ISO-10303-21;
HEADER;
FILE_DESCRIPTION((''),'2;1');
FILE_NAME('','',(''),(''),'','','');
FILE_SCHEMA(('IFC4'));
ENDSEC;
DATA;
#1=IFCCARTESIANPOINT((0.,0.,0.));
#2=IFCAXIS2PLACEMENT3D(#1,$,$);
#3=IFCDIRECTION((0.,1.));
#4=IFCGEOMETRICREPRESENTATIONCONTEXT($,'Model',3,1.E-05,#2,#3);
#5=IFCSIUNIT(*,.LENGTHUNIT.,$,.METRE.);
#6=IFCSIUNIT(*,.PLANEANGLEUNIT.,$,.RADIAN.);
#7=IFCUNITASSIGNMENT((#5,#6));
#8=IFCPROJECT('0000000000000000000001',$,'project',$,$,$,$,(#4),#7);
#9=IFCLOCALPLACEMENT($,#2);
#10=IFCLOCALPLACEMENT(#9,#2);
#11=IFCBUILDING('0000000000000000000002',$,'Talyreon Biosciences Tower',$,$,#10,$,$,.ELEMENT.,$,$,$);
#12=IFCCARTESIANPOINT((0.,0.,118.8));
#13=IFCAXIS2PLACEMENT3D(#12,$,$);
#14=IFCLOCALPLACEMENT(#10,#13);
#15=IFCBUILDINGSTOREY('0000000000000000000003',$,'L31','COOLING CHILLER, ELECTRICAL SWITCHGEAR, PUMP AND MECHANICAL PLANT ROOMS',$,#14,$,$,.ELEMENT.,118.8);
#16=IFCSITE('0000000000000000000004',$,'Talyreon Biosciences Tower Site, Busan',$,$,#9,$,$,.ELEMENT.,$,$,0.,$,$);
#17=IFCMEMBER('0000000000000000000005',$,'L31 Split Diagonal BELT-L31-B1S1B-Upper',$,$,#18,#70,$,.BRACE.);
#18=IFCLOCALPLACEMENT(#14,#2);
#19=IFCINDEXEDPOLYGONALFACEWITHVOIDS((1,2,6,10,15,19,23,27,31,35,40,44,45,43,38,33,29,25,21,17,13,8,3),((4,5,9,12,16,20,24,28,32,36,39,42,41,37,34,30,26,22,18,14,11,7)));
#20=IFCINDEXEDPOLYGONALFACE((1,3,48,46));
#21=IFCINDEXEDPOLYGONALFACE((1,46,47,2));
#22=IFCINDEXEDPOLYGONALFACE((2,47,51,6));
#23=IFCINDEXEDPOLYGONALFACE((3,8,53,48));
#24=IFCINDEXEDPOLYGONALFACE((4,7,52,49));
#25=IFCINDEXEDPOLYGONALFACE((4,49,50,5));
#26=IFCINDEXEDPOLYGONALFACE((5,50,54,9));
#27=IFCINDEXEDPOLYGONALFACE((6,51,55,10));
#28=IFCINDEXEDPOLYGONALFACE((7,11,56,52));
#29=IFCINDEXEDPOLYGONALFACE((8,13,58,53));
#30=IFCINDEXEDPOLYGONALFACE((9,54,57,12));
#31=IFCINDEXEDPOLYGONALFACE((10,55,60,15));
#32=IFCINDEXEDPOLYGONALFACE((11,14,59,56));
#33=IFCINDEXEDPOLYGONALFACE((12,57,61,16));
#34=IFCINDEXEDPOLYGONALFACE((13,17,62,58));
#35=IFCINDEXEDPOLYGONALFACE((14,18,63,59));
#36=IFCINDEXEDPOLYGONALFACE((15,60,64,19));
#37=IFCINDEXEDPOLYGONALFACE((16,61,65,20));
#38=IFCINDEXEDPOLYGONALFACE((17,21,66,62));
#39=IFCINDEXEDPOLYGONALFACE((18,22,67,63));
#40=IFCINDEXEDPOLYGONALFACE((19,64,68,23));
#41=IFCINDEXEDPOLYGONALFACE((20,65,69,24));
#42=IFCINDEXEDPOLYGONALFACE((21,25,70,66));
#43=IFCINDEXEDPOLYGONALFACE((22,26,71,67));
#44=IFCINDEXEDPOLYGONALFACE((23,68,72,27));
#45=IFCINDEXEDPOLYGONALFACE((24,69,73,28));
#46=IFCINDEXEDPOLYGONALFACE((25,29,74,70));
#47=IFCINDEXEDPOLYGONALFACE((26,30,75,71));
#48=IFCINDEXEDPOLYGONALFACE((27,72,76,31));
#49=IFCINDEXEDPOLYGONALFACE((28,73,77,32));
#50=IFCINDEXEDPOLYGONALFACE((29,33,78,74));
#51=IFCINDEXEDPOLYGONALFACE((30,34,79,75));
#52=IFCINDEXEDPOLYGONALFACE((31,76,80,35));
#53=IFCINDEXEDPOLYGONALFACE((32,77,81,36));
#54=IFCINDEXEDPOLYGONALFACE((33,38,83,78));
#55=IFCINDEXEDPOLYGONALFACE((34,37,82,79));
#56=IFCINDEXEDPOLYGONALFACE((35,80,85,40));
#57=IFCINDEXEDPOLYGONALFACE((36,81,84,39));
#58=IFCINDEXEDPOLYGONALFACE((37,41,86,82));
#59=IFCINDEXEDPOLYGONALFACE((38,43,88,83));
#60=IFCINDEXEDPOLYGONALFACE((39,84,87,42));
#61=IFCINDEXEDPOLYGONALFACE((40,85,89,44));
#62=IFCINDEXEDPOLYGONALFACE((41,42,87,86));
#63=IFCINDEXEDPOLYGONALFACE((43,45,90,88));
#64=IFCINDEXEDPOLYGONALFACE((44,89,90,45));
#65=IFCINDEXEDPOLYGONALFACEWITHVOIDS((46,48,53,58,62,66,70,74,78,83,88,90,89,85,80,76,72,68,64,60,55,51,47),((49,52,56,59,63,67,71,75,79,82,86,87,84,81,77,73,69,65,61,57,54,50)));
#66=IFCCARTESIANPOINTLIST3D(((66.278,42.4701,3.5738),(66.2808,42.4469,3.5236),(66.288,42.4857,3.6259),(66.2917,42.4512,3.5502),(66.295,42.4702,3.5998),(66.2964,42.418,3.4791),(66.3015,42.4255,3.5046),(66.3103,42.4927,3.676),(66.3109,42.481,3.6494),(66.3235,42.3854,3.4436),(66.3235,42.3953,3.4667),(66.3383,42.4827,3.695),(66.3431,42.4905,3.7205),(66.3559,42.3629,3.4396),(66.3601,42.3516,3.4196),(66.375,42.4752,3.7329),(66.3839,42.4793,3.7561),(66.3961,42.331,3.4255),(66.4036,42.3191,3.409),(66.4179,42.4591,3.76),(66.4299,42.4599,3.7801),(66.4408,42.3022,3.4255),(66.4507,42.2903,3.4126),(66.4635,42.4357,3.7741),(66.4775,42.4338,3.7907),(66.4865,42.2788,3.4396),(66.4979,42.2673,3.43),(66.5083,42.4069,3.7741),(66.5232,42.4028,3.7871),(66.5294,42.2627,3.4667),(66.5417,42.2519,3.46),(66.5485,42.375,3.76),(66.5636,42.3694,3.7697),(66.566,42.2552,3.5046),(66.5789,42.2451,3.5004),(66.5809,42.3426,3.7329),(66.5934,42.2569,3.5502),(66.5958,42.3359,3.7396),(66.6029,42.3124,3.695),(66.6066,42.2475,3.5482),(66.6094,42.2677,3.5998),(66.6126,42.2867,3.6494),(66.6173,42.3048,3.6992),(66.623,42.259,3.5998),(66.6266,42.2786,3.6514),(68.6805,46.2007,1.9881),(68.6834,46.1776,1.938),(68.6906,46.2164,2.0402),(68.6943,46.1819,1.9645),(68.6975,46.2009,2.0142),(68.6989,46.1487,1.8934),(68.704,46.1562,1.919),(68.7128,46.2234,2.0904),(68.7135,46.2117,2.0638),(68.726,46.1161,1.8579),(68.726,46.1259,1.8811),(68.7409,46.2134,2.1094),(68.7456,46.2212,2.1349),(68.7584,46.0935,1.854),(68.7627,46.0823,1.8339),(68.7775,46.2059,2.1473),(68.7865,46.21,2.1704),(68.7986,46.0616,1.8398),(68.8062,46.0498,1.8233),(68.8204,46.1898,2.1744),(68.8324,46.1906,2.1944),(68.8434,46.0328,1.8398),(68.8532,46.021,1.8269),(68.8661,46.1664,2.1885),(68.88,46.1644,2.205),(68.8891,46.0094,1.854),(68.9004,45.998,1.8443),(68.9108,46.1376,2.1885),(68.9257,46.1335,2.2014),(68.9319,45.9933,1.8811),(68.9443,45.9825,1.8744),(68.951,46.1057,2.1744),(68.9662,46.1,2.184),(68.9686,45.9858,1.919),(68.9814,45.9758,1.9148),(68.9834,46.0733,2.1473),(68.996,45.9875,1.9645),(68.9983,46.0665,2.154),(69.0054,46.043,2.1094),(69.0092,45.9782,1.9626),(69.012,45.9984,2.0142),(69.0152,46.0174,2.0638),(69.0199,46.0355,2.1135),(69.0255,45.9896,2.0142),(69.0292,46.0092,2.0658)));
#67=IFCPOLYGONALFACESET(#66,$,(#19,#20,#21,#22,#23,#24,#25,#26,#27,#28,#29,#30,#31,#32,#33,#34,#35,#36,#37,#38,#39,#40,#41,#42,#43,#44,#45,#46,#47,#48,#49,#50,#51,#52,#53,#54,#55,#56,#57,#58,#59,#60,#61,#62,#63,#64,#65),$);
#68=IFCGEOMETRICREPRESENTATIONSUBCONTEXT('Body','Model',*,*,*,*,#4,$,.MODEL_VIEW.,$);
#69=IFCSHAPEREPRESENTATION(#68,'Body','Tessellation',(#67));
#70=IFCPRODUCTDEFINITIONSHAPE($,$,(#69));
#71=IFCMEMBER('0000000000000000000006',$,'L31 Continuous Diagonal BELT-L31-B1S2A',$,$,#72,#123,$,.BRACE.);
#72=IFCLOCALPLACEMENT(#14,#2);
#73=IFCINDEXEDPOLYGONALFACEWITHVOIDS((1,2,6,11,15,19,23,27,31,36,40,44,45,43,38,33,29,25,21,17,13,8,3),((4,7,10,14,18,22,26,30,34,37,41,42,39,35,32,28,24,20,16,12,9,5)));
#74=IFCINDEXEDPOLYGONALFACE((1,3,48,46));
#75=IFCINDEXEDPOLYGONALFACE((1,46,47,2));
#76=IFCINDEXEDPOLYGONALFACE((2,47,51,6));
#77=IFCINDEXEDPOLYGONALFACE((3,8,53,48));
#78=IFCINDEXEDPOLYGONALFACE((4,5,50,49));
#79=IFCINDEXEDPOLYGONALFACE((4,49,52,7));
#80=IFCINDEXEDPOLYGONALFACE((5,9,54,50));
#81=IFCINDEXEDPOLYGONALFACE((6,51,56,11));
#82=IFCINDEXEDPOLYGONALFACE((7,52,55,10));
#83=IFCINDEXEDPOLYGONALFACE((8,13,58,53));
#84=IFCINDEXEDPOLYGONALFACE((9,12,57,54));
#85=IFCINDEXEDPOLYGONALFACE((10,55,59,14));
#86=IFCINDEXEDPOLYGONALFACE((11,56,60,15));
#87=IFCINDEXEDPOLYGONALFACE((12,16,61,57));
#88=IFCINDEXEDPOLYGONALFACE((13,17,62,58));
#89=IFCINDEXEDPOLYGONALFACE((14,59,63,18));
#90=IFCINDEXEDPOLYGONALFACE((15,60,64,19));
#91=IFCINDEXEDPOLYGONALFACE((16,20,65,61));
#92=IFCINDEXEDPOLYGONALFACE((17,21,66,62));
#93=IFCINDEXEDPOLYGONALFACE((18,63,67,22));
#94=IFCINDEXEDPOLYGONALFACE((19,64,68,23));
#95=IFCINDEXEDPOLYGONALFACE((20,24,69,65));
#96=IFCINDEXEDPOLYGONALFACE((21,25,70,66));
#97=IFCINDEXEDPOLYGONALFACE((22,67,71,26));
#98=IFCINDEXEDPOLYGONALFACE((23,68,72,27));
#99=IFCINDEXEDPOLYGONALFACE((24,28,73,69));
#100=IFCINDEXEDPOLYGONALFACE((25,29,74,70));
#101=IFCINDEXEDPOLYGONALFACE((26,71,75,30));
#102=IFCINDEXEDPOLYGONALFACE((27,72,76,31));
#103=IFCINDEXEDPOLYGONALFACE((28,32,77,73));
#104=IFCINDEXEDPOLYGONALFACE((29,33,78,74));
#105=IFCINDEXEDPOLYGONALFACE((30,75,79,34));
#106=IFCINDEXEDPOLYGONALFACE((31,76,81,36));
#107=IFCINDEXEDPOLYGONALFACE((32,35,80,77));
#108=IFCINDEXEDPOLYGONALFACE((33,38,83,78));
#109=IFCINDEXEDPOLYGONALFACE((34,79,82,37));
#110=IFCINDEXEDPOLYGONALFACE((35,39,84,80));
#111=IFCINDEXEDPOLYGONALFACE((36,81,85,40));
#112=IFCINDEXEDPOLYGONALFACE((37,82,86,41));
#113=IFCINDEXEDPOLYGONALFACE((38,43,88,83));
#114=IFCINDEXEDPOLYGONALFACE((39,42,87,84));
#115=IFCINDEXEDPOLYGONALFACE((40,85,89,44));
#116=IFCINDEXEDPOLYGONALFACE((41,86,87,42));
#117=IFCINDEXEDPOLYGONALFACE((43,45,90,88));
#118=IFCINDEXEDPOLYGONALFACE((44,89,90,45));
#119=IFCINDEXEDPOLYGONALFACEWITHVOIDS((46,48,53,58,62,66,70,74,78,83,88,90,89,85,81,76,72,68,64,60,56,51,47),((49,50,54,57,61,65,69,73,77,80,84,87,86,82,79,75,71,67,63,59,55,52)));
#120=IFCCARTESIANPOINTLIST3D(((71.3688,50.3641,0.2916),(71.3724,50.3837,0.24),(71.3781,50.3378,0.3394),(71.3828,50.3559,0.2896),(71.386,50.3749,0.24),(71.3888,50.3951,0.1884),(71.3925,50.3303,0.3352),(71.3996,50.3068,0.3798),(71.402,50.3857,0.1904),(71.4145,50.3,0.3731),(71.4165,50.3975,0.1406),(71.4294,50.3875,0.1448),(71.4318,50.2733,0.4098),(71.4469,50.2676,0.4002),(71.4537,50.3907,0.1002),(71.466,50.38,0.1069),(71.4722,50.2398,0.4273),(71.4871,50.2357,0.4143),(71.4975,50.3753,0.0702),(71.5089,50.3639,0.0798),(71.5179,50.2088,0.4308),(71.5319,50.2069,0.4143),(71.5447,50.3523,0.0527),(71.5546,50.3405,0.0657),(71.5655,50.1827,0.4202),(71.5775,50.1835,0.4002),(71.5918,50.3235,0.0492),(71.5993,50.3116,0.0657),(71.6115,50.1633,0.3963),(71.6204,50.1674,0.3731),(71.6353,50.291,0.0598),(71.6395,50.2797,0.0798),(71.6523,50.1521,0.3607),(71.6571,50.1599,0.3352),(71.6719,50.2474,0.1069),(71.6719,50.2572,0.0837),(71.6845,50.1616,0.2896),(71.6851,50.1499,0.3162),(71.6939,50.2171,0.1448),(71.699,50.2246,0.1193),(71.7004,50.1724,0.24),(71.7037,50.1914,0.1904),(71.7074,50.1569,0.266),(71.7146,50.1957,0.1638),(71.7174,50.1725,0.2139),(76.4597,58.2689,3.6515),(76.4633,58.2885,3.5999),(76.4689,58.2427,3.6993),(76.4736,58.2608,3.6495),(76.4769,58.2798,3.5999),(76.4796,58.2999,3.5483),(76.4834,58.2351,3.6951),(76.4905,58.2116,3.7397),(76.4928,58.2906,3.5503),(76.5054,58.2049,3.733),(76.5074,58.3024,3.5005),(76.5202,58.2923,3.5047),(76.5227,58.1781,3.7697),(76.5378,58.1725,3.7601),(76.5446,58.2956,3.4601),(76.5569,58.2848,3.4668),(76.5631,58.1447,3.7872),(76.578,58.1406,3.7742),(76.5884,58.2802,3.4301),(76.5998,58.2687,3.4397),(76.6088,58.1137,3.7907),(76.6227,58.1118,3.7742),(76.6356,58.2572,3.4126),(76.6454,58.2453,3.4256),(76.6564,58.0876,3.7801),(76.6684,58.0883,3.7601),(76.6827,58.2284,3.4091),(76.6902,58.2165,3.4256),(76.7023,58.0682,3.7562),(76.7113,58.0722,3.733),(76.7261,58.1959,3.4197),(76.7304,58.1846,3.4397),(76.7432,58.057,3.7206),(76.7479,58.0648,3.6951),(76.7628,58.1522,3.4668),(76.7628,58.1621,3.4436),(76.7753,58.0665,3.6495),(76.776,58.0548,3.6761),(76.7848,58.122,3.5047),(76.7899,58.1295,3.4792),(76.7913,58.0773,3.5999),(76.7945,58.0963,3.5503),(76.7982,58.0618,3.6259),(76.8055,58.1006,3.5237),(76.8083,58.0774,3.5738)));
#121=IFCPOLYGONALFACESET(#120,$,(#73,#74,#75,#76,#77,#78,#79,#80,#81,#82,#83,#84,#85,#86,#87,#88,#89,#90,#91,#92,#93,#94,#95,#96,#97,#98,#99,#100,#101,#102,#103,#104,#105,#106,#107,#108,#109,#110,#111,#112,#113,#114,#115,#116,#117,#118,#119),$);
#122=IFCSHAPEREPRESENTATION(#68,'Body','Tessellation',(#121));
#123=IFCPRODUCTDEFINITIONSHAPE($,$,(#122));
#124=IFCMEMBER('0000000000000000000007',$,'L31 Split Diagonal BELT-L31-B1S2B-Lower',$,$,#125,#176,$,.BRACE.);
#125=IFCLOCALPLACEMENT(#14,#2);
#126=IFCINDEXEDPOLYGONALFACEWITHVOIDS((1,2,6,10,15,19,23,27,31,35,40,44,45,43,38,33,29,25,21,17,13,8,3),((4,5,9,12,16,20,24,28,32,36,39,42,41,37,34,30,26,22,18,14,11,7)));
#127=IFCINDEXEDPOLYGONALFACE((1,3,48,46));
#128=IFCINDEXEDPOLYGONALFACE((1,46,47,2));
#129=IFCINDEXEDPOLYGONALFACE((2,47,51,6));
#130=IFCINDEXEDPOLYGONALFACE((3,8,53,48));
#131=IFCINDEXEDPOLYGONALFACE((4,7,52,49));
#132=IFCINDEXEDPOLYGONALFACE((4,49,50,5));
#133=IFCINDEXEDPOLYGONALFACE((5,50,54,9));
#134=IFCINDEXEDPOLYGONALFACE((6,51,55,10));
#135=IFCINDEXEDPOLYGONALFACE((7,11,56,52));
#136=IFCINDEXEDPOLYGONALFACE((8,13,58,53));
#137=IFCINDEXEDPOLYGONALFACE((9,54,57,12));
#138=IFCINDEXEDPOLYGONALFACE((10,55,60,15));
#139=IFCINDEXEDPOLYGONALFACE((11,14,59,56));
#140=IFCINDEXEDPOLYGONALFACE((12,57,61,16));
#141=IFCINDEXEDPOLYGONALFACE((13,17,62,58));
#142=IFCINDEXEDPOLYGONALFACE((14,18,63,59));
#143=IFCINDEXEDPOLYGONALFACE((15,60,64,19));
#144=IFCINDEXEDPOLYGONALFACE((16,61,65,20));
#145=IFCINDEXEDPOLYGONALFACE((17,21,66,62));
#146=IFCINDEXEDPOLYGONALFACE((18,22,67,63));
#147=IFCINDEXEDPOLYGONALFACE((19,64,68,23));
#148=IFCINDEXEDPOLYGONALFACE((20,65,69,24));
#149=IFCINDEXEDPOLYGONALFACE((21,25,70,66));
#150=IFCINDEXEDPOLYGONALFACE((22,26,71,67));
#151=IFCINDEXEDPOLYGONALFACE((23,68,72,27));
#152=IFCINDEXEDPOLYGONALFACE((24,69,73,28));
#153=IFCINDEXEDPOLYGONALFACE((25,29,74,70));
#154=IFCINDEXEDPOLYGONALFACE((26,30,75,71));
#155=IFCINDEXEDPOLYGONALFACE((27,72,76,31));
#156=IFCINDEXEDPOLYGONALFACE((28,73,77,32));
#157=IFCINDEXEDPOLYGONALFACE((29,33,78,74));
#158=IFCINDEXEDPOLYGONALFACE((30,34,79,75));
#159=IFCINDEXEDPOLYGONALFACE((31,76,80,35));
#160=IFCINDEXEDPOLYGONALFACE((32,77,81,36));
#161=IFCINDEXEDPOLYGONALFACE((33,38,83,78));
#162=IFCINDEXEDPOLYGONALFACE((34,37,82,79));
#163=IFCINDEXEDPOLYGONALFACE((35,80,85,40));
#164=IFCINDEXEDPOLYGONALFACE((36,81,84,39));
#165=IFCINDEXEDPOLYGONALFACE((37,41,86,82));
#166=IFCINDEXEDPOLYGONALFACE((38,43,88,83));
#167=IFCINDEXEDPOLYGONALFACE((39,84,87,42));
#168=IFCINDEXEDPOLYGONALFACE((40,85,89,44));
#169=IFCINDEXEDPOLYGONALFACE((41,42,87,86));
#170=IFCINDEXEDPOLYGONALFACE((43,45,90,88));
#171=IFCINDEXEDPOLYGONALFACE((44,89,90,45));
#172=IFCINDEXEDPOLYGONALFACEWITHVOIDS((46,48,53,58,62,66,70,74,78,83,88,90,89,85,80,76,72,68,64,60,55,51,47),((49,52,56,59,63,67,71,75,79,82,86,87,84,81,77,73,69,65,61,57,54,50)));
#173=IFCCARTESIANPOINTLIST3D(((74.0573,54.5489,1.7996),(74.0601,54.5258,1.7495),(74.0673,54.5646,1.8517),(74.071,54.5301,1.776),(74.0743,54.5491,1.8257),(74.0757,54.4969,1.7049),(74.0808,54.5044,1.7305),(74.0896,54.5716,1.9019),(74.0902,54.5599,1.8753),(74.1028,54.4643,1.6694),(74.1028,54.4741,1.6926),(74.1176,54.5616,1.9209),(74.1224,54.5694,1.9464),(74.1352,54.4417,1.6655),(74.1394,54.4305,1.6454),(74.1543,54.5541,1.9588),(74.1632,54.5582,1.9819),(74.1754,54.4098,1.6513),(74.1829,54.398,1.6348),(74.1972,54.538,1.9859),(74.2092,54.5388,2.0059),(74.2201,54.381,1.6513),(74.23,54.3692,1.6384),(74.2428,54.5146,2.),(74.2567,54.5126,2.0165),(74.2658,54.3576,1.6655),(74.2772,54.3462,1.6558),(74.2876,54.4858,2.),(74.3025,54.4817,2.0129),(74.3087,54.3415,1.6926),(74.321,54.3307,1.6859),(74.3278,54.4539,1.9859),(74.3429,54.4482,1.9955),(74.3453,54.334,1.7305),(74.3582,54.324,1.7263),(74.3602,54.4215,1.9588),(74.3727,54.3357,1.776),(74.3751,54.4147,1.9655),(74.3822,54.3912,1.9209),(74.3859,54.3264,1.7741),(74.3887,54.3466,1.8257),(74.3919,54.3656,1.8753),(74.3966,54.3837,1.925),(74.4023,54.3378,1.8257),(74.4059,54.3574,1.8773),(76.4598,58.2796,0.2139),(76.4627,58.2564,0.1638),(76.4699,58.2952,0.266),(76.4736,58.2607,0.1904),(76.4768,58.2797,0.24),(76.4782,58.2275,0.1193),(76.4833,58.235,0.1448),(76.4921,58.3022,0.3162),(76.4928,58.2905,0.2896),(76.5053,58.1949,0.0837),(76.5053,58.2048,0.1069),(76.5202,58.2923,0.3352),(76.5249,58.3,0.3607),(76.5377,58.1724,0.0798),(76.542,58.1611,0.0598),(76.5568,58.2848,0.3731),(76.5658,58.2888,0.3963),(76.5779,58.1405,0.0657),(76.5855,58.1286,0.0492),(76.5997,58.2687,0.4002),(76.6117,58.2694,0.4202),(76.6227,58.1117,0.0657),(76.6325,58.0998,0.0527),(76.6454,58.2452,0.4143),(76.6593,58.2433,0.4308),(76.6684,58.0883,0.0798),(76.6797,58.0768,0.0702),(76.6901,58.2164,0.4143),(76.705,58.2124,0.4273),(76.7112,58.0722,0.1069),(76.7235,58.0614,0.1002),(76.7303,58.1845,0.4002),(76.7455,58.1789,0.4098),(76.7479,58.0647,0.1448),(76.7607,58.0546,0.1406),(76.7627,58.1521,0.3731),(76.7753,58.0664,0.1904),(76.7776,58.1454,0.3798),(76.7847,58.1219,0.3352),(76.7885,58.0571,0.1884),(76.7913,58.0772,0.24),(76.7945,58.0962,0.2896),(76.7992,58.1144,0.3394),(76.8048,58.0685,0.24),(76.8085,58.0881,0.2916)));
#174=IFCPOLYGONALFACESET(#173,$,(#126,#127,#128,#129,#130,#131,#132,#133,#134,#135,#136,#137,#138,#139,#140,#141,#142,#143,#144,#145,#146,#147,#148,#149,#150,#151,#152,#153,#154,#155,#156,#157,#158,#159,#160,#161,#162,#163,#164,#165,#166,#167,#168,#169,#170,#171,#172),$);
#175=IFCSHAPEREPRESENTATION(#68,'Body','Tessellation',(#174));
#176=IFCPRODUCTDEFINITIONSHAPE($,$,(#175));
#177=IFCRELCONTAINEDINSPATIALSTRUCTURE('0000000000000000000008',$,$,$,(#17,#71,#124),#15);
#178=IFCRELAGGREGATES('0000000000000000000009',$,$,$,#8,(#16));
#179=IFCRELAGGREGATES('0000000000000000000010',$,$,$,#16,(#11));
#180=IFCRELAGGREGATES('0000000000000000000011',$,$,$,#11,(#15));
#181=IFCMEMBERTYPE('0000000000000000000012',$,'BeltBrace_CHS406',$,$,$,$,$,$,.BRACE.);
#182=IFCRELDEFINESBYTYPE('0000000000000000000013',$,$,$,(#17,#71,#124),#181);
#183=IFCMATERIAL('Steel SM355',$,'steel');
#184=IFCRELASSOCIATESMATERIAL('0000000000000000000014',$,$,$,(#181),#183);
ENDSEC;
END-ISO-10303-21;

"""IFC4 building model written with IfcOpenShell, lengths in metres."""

from ifc_helpers import new_model, si_unit, direction, frame, origin, origin_2d, place, context, subcontext, project, spatial, hollow_circle, extrude, material, material_profile, profile_set, type_object, element, save


model = new_model("IFC4")

# Units and contexts
model_context = context("Model", 3, precision=1e-05, world=origin(), true_north=direction((0.0, 1.0)))
body_context = subcontext(model_context, "Body", "Model", "MODEL_VIEW")
ifc_project = project(units=[si_unit("LENGTHUNIT", "METRE"), si_unit("PLANEANGLEUNIT", "RADIAN")], contexts=[model_context])

# Site, building, storey
site_placement = place(None, origin())
site = spatial("IfcSite", under=ifc_project, at=site_placement, Name="Talyreon Biosciences Tower Site, Busan", CompositionType="ELEMENT", RefElevation=0.0)
building_placement = place(site_placement, origin())
building = spatial("IfcBuilding", under=site, at=building_placement, Name="Talyreon Biosciences Tower", CompositionType="ELEMENT")
storey_placement = place(building_placement, frame((0.0, 0.0, 118.8)))
storey = spatial("IfcBuildingStorey", under=building, at=storey_placement, Name="L31", Description="COOLING CHILLER, ELECTRICAL SWITCHGEAR, PUMP AND MECHANICAL PLANT ROOMS", CompositionType="ELEMENT", Elevation=118.8)

# Members
ifc_material_1 = material(Name="Steel SM355", Category="steel")
ifc_material_profile_1 = material_profile(ifc_material_1, hollow_circle(Radius=0.2031, WallThickness=0.0161, at=origin_2d()), Name="CHS 406.4x16")
ifc_profile_set_1 = profile_set([ifc_material_profile_1], Name="Steel SM355")
member_type_1 = type_object("IfcMemberType", Name="BeltBrace_CHS406", PredefinedType="BRACE", material=ifc_profile_set_1)
member_1_placement = place(storey_placement, frame((68.8547, 46.0996, 2.0142), z_axis=(-0.509863, -0.791709, 0.336506), x_axis=(0.84074, -0.541439, 0.0)))
element("IfcMember", 1, at=member_1_placement, inside=storey, type_object=member_type_1, Name="L31 Split Diagonal BELT-L31-B1S1B-Upper", PredefinedType="BRACE", context=body_context, shape_type="SweptSolid", body=[
    extrude(hollow_circle(Radius=0.2031, WallThickness=0.0161, at=origin_2d()), origin(), (0.0, 0.0, 1.0), 4.7122),
])
member_2_placement = place(storey_placement, frame((71.5432, 50.2737, 0.24), z_axis=(0.509871, 0.791704, 0.336507), x_axis=(-0.840734, 0.541448, 0.0)))
element("IfcMember", 2, at=member_2_placement, inside=storey, type_object=member_type_1, Name="L31 Continuous Diagonal BELT-L31-B1S2A", PredefinedType="BRACE", context=body_context, shape_type="SweptSolid", body=[
    extrude(hollow_circle(Radius=0.2031, WallThickness=0.0161, at=origin_2d()), origin(), (0.0, 0.0, 1.0), 9.9846),
])
for number, where, z_axis, x_axis, name in (
    (3, (76.634, 58.1785, 0.24), (-0.509863, -0.791709, 0.336506), (0.84074, -0.541439, 0.0), "L31 Split Diagonal BELT-L31-B1S2B-Lower"),
):
    element("IfcMember", number, at=place(storey_placement, frame(where, z_axis=z_axis, x_axis=x_axis)), inside=storey, type_object=member_type_1, Name=name, PredefinedType="BRACE", context=body_context, shape_type="SweptSolid", body=[
        extrude(hollow_circle(Radius=0.2031, WallThickness=0.0161, at=origin_2d()), origin(), (0.0, 0.0, 1.0), 4.7122),
    ])

save(model, "model.ifc")
